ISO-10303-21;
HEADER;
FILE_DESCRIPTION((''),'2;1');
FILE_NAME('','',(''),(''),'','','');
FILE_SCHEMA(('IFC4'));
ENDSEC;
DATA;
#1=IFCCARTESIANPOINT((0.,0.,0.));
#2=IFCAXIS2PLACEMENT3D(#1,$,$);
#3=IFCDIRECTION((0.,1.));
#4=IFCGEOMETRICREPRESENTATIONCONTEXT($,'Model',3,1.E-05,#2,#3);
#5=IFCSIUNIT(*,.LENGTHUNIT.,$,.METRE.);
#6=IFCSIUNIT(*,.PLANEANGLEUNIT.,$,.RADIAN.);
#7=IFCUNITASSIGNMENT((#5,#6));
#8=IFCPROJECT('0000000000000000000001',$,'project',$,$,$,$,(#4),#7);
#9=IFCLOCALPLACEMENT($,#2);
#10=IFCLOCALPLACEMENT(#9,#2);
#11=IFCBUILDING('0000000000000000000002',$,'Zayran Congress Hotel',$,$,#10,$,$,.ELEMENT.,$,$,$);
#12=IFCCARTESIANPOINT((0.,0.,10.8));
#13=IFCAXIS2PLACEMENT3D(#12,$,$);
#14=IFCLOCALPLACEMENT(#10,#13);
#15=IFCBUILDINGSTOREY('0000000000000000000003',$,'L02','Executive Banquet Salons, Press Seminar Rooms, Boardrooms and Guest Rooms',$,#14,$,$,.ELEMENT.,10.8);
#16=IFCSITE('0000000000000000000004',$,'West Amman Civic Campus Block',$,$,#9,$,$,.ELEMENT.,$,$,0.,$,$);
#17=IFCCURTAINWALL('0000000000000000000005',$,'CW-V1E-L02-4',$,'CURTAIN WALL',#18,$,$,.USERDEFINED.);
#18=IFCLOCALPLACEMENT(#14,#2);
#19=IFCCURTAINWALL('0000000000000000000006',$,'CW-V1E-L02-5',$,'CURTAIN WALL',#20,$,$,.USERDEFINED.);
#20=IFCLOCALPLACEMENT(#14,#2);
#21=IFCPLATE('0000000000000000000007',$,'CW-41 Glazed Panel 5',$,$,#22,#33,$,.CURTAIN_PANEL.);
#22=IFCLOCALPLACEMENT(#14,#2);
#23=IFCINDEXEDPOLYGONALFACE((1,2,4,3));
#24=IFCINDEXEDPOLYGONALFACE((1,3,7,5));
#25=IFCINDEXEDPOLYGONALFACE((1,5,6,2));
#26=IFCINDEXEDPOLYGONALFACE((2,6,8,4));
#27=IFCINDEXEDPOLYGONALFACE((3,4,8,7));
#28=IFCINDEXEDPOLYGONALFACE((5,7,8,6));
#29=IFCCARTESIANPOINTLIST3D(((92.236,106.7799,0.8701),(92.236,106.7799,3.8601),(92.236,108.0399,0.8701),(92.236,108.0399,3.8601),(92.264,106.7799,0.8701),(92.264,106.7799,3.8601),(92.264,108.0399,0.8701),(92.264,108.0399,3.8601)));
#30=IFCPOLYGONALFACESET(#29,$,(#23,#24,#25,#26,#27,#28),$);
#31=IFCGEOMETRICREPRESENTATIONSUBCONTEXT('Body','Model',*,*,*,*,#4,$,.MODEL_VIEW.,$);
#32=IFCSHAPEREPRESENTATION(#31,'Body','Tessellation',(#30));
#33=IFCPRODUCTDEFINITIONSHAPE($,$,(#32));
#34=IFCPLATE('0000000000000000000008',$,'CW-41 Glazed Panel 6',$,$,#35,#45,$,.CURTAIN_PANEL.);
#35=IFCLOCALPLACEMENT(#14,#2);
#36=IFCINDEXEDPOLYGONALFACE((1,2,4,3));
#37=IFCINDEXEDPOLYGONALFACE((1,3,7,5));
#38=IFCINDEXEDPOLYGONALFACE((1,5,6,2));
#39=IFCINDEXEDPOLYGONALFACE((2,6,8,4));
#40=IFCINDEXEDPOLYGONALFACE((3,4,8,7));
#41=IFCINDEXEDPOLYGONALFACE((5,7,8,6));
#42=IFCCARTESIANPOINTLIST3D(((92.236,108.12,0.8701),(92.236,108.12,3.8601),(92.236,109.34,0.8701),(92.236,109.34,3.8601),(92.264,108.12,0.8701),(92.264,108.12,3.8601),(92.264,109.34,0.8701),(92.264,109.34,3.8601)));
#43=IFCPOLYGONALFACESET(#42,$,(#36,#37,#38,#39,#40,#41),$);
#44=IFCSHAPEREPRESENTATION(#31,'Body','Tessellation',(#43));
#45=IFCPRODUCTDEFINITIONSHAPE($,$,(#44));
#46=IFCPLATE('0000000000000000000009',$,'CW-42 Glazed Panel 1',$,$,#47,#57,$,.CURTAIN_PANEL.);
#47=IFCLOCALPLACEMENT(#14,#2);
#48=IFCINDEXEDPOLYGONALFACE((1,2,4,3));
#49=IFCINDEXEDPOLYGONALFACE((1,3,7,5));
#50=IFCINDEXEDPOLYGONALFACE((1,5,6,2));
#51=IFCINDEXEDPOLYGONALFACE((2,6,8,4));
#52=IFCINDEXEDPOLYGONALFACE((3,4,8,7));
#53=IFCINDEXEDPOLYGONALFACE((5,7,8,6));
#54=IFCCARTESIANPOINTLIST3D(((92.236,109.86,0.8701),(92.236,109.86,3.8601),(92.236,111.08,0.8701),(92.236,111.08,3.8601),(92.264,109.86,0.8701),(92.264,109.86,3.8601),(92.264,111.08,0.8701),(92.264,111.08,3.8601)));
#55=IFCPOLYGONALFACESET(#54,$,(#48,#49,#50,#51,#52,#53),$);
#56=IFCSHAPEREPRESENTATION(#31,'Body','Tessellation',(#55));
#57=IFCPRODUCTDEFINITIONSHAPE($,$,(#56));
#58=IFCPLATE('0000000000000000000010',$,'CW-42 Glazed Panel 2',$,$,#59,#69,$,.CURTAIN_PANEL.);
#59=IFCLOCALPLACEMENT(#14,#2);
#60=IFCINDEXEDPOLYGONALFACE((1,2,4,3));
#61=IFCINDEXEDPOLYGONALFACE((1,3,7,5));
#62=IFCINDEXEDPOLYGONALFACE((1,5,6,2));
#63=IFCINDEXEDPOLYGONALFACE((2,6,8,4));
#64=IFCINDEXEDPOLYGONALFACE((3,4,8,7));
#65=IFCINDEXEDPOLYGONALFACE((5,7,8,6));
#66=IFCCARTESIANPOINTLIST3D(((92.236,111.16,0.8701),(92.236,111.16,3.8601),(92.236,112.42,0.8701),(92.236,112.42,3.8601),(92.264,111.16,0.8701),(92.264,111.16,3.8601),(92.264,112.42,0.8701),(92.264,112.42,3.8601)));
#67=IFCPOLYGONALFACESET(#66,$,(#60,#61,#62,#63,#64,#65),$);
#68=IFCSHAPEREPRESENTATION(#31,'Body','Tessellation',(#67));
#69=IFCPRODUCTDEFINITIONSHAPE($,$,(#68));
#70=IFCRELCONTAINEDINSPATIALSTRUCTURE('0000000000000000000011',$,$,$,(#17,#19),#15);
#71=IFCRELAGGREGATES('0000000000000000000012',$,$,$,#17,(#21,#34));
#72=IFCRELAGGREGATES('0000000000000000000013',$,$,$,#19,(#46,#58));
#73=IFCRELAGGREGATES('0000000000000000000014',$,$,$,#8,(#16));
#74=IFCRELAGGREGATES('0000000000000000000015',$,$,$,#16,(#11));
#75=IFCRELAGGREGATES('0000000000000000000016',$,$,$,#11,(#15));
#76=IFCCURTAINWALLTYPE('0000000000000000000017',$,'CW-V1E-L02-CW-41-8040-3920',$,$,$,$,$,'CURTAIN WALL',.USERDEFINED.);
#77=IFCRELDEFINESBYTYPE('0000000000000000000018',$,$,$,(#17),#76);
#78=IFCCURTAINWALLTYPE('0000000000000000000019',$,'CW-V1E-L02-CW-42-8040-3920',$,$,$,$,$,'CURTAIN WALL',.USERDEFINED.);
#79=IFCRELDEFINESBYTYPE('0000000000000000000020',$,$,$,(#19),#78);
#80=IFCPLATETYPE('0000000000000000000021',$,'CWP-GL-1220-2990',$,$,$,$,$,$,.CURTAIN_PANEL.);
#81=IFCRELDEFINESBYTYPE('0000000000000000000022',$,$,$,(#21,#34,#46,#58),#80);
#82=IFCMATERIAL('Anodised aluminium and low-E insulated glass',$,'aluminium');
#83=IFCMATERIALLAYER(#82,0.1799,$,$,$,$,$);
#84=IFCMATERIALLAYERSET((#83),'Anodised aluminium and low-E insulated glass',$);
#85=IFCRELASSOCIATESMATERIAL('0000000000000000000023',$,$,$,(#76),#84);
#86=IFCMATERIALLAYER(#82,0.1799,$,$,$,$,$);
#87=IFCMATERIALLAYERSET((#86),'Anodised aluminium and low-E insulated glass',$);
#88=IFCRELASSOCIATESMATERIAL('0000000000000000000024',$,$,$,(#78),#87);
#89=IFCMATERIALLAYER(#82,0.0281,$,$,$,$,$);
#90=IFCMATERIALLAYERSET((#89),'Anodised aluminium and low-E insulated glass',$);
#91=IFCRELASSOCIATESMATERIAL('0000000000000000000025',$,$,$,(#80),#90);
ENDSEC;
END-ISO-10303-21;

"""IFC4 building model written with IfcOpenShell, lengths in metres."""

from ifc_helpers import new_model, si_unit, direction, frame, origin, origin_2d, place, context, subcontext, project, spatial, rectangle, extrude, material, layer, layer_set, type_object, element, aggregate, save


model = new_model("IFC4")

# Units and contexts
model_context = context("Model", 3, precision=1e-05, world=origin(), true_north=direction((0.0, 1.0)))
body_context = subcontext(model_context, "Body", "Model", "MODEL_VIEW")
ifc_project = project(units=[si_unit("LENGTHUNIT", "METRE"), si_unit("PLANEANGLEUNIT", "RADIAN")], contexts=[model_context])

# Site, building, storey
site_placement = place(None, origin())
site = spatial("IfcSite", under=ifc_project, at=site_placement, Name="West Amman Civic Campus Block", CompositionType="ELEMENT", RefElevation=0.0)
building_placement = place(site_placement, origin())
building = spatial("IfcBuilding", under=site, at=building_placement, Name="Zayran Congress Hotel", CompositionType="ELEMENT")
storey_placement = place(building_placement, frame((0.0, 0.0, 10.8)))
storey = spatial("IfcBuildingStorey", under=building, at=storey_placement, Name="L02", Description="Executive Banquet Salons, Press Seminar Rooms, Boardrooms and Guest Rooms", CompositionType="ELEMENT", Elevation=10.8)

# Curtain walls
ifc_material_1 = material(Name="Anodised aluminium and low-E insulated glass", Category="aluminium")
ifc_layer_1 = layer(ifc_material_1, 0.1799)
ifc_layer_set_1 = layer_set([ifc_layer_1], Name="Anodised aluminium and low-E insulated glass")
curtain_wall_type_1 = type_object("IfcCurtainWallType", Name="CW-V1E-L02-CW-41-8040-3920", ElementType="CURTAIN WALL", PredefinedType="USERDEFINED", material=ifc_layer_set_1)
curtain_wall_1_placement = place(storey_placement, origin())
curtain_wall_1 = element("IfcCurtainWall", 1, at=curtain_wall_1_placement, inside=storey, type_object=curtain_wall_type_1, Name="CW-V1E-L02-4", ObjectType="CURTAIN WALL", PredefinedType="USERDEFINED")
ifc_layer_2 = layer(ifc_material_1, 0.1799)
ifc_layer_set_2 = layer_set([ifc_layer_2], Name="Anodised aluminium and low-E insulated glass")
curtain_wall_type_2 = type_object("IfcCurtainWallType", Name="CW-V1E-L02-CW-42-8040-3920", ElementType="CURTAIN WALL", PredefinedType="USERDEFINED", material=ifc_layer_set_2)
curtain_wall_2_placement = place(storey_placement, origin())
curtain_wall_2 = element("IfcCurtainWall", 2, at=curtain_wall_2_placement, inside=storey, type_object=curtain_wall_type_2, Name="CW-V1E-L02-5", ObjectType="CURTAIN WALL", PredefinedType="USERDEFINED")

# Plates
ifc_layer_3 = layer(ifc_material_1, 0.0281)
ifc_layer_set_3 = layer_set([ifc_layer_3], Name="Anodised aluminium and low-E insulated glass")
plate_type_1 = type_object("IfcPlateType", Name="CWP-GL-1220-2990", PredefinedType="CURTAIN_PANEL", material=ifc_layer_set_3)
plate_1_placement = place(storey_placement, frame((92.25, 107.4099, 0.8701), z_axis=(0.0, 0.0, 1.0), x_axis=(0.0, 1.0, 0.0)))
plate_1 = element("IfcPlate", 3, at=plate_1_placement, type_object=plate_type_1, Name="CW-41 Glazed Panel 5", PredefinedType="CURTAIN_PANEL", context=body_context, shape_type="SweptSolid", body=[
    extrude(rectangle(XDim=1.26, YDim=0.0281, at=origin_2d()), origin(), (0.0, 0.0, 1.0), 2.99),
])
plate_2_placement = place(storey_placement, frame((92.25, 108.73, 0.8701), z_axis=(0.0, 0.0, 1.0), x_axis=(0.0, 1.0, 0.0)))
plate_2 = element("IfcPlate", 4, at=plate_2_placement, type_object=plate_type_1, Name="CW-41 Glazed Panel 6", PredefinedType="CURTAIN_PANEL", context=body_context, shape_type="SweptSolid", body=[
    extrude(rectangle(XDim=1.22, YDim=0.0281, at=origin_2d()), origin(), (0.0, 0.0, 1.0), 2.99),
])
aggregate(curtain_wall_1, [plate_1, plate_2])
plate_3_placement = place(storey_placement, frame((92.25, 110.47, 0.8701), z_axis=(0.0, 0.0, 1.0), x_axis=(0.0, 1.0, 0.0)))
plate_3 = element("IfcPlate", 5, at=plate_3_placement, type_object=plate_type_1, Name="CW-42 Glazed Panel 1", PredefinedType="CURTAIN_PANEL", context=body_context, shape_type="SweptSolid", body=[
    extrude(rectangle(XDim=1.22, YDim=0.0281, at=origin_2d()), origin(), (0.0, 0.0, 1.0), 2.99),
])
plate_4_placement = place(storey_placement, frame((92.25, 111.79, 0.8701), z_axis=(0.0, 0.0, 1.0), x_axis=(0.0, 1.0, 0.0)))
plate_4 = element("IfcPlate", 6, at=plate_4_placement, type_object=plate_type_1, Name="CW-42 Glazed Panel 2", PredefinedType="CURTAIN_PANEL", context=body_context, shape_type="SweptSolid", body=[
    extrude(rectangle(XDim=1.26, YDim=0.0281, at=origin_2d()), origin(), (0.0, 0.0, 1.0), 2.99),
])
aggregate(curtain_wall_2, [plate_3, plate_4])

save(model, "model.ifc")
